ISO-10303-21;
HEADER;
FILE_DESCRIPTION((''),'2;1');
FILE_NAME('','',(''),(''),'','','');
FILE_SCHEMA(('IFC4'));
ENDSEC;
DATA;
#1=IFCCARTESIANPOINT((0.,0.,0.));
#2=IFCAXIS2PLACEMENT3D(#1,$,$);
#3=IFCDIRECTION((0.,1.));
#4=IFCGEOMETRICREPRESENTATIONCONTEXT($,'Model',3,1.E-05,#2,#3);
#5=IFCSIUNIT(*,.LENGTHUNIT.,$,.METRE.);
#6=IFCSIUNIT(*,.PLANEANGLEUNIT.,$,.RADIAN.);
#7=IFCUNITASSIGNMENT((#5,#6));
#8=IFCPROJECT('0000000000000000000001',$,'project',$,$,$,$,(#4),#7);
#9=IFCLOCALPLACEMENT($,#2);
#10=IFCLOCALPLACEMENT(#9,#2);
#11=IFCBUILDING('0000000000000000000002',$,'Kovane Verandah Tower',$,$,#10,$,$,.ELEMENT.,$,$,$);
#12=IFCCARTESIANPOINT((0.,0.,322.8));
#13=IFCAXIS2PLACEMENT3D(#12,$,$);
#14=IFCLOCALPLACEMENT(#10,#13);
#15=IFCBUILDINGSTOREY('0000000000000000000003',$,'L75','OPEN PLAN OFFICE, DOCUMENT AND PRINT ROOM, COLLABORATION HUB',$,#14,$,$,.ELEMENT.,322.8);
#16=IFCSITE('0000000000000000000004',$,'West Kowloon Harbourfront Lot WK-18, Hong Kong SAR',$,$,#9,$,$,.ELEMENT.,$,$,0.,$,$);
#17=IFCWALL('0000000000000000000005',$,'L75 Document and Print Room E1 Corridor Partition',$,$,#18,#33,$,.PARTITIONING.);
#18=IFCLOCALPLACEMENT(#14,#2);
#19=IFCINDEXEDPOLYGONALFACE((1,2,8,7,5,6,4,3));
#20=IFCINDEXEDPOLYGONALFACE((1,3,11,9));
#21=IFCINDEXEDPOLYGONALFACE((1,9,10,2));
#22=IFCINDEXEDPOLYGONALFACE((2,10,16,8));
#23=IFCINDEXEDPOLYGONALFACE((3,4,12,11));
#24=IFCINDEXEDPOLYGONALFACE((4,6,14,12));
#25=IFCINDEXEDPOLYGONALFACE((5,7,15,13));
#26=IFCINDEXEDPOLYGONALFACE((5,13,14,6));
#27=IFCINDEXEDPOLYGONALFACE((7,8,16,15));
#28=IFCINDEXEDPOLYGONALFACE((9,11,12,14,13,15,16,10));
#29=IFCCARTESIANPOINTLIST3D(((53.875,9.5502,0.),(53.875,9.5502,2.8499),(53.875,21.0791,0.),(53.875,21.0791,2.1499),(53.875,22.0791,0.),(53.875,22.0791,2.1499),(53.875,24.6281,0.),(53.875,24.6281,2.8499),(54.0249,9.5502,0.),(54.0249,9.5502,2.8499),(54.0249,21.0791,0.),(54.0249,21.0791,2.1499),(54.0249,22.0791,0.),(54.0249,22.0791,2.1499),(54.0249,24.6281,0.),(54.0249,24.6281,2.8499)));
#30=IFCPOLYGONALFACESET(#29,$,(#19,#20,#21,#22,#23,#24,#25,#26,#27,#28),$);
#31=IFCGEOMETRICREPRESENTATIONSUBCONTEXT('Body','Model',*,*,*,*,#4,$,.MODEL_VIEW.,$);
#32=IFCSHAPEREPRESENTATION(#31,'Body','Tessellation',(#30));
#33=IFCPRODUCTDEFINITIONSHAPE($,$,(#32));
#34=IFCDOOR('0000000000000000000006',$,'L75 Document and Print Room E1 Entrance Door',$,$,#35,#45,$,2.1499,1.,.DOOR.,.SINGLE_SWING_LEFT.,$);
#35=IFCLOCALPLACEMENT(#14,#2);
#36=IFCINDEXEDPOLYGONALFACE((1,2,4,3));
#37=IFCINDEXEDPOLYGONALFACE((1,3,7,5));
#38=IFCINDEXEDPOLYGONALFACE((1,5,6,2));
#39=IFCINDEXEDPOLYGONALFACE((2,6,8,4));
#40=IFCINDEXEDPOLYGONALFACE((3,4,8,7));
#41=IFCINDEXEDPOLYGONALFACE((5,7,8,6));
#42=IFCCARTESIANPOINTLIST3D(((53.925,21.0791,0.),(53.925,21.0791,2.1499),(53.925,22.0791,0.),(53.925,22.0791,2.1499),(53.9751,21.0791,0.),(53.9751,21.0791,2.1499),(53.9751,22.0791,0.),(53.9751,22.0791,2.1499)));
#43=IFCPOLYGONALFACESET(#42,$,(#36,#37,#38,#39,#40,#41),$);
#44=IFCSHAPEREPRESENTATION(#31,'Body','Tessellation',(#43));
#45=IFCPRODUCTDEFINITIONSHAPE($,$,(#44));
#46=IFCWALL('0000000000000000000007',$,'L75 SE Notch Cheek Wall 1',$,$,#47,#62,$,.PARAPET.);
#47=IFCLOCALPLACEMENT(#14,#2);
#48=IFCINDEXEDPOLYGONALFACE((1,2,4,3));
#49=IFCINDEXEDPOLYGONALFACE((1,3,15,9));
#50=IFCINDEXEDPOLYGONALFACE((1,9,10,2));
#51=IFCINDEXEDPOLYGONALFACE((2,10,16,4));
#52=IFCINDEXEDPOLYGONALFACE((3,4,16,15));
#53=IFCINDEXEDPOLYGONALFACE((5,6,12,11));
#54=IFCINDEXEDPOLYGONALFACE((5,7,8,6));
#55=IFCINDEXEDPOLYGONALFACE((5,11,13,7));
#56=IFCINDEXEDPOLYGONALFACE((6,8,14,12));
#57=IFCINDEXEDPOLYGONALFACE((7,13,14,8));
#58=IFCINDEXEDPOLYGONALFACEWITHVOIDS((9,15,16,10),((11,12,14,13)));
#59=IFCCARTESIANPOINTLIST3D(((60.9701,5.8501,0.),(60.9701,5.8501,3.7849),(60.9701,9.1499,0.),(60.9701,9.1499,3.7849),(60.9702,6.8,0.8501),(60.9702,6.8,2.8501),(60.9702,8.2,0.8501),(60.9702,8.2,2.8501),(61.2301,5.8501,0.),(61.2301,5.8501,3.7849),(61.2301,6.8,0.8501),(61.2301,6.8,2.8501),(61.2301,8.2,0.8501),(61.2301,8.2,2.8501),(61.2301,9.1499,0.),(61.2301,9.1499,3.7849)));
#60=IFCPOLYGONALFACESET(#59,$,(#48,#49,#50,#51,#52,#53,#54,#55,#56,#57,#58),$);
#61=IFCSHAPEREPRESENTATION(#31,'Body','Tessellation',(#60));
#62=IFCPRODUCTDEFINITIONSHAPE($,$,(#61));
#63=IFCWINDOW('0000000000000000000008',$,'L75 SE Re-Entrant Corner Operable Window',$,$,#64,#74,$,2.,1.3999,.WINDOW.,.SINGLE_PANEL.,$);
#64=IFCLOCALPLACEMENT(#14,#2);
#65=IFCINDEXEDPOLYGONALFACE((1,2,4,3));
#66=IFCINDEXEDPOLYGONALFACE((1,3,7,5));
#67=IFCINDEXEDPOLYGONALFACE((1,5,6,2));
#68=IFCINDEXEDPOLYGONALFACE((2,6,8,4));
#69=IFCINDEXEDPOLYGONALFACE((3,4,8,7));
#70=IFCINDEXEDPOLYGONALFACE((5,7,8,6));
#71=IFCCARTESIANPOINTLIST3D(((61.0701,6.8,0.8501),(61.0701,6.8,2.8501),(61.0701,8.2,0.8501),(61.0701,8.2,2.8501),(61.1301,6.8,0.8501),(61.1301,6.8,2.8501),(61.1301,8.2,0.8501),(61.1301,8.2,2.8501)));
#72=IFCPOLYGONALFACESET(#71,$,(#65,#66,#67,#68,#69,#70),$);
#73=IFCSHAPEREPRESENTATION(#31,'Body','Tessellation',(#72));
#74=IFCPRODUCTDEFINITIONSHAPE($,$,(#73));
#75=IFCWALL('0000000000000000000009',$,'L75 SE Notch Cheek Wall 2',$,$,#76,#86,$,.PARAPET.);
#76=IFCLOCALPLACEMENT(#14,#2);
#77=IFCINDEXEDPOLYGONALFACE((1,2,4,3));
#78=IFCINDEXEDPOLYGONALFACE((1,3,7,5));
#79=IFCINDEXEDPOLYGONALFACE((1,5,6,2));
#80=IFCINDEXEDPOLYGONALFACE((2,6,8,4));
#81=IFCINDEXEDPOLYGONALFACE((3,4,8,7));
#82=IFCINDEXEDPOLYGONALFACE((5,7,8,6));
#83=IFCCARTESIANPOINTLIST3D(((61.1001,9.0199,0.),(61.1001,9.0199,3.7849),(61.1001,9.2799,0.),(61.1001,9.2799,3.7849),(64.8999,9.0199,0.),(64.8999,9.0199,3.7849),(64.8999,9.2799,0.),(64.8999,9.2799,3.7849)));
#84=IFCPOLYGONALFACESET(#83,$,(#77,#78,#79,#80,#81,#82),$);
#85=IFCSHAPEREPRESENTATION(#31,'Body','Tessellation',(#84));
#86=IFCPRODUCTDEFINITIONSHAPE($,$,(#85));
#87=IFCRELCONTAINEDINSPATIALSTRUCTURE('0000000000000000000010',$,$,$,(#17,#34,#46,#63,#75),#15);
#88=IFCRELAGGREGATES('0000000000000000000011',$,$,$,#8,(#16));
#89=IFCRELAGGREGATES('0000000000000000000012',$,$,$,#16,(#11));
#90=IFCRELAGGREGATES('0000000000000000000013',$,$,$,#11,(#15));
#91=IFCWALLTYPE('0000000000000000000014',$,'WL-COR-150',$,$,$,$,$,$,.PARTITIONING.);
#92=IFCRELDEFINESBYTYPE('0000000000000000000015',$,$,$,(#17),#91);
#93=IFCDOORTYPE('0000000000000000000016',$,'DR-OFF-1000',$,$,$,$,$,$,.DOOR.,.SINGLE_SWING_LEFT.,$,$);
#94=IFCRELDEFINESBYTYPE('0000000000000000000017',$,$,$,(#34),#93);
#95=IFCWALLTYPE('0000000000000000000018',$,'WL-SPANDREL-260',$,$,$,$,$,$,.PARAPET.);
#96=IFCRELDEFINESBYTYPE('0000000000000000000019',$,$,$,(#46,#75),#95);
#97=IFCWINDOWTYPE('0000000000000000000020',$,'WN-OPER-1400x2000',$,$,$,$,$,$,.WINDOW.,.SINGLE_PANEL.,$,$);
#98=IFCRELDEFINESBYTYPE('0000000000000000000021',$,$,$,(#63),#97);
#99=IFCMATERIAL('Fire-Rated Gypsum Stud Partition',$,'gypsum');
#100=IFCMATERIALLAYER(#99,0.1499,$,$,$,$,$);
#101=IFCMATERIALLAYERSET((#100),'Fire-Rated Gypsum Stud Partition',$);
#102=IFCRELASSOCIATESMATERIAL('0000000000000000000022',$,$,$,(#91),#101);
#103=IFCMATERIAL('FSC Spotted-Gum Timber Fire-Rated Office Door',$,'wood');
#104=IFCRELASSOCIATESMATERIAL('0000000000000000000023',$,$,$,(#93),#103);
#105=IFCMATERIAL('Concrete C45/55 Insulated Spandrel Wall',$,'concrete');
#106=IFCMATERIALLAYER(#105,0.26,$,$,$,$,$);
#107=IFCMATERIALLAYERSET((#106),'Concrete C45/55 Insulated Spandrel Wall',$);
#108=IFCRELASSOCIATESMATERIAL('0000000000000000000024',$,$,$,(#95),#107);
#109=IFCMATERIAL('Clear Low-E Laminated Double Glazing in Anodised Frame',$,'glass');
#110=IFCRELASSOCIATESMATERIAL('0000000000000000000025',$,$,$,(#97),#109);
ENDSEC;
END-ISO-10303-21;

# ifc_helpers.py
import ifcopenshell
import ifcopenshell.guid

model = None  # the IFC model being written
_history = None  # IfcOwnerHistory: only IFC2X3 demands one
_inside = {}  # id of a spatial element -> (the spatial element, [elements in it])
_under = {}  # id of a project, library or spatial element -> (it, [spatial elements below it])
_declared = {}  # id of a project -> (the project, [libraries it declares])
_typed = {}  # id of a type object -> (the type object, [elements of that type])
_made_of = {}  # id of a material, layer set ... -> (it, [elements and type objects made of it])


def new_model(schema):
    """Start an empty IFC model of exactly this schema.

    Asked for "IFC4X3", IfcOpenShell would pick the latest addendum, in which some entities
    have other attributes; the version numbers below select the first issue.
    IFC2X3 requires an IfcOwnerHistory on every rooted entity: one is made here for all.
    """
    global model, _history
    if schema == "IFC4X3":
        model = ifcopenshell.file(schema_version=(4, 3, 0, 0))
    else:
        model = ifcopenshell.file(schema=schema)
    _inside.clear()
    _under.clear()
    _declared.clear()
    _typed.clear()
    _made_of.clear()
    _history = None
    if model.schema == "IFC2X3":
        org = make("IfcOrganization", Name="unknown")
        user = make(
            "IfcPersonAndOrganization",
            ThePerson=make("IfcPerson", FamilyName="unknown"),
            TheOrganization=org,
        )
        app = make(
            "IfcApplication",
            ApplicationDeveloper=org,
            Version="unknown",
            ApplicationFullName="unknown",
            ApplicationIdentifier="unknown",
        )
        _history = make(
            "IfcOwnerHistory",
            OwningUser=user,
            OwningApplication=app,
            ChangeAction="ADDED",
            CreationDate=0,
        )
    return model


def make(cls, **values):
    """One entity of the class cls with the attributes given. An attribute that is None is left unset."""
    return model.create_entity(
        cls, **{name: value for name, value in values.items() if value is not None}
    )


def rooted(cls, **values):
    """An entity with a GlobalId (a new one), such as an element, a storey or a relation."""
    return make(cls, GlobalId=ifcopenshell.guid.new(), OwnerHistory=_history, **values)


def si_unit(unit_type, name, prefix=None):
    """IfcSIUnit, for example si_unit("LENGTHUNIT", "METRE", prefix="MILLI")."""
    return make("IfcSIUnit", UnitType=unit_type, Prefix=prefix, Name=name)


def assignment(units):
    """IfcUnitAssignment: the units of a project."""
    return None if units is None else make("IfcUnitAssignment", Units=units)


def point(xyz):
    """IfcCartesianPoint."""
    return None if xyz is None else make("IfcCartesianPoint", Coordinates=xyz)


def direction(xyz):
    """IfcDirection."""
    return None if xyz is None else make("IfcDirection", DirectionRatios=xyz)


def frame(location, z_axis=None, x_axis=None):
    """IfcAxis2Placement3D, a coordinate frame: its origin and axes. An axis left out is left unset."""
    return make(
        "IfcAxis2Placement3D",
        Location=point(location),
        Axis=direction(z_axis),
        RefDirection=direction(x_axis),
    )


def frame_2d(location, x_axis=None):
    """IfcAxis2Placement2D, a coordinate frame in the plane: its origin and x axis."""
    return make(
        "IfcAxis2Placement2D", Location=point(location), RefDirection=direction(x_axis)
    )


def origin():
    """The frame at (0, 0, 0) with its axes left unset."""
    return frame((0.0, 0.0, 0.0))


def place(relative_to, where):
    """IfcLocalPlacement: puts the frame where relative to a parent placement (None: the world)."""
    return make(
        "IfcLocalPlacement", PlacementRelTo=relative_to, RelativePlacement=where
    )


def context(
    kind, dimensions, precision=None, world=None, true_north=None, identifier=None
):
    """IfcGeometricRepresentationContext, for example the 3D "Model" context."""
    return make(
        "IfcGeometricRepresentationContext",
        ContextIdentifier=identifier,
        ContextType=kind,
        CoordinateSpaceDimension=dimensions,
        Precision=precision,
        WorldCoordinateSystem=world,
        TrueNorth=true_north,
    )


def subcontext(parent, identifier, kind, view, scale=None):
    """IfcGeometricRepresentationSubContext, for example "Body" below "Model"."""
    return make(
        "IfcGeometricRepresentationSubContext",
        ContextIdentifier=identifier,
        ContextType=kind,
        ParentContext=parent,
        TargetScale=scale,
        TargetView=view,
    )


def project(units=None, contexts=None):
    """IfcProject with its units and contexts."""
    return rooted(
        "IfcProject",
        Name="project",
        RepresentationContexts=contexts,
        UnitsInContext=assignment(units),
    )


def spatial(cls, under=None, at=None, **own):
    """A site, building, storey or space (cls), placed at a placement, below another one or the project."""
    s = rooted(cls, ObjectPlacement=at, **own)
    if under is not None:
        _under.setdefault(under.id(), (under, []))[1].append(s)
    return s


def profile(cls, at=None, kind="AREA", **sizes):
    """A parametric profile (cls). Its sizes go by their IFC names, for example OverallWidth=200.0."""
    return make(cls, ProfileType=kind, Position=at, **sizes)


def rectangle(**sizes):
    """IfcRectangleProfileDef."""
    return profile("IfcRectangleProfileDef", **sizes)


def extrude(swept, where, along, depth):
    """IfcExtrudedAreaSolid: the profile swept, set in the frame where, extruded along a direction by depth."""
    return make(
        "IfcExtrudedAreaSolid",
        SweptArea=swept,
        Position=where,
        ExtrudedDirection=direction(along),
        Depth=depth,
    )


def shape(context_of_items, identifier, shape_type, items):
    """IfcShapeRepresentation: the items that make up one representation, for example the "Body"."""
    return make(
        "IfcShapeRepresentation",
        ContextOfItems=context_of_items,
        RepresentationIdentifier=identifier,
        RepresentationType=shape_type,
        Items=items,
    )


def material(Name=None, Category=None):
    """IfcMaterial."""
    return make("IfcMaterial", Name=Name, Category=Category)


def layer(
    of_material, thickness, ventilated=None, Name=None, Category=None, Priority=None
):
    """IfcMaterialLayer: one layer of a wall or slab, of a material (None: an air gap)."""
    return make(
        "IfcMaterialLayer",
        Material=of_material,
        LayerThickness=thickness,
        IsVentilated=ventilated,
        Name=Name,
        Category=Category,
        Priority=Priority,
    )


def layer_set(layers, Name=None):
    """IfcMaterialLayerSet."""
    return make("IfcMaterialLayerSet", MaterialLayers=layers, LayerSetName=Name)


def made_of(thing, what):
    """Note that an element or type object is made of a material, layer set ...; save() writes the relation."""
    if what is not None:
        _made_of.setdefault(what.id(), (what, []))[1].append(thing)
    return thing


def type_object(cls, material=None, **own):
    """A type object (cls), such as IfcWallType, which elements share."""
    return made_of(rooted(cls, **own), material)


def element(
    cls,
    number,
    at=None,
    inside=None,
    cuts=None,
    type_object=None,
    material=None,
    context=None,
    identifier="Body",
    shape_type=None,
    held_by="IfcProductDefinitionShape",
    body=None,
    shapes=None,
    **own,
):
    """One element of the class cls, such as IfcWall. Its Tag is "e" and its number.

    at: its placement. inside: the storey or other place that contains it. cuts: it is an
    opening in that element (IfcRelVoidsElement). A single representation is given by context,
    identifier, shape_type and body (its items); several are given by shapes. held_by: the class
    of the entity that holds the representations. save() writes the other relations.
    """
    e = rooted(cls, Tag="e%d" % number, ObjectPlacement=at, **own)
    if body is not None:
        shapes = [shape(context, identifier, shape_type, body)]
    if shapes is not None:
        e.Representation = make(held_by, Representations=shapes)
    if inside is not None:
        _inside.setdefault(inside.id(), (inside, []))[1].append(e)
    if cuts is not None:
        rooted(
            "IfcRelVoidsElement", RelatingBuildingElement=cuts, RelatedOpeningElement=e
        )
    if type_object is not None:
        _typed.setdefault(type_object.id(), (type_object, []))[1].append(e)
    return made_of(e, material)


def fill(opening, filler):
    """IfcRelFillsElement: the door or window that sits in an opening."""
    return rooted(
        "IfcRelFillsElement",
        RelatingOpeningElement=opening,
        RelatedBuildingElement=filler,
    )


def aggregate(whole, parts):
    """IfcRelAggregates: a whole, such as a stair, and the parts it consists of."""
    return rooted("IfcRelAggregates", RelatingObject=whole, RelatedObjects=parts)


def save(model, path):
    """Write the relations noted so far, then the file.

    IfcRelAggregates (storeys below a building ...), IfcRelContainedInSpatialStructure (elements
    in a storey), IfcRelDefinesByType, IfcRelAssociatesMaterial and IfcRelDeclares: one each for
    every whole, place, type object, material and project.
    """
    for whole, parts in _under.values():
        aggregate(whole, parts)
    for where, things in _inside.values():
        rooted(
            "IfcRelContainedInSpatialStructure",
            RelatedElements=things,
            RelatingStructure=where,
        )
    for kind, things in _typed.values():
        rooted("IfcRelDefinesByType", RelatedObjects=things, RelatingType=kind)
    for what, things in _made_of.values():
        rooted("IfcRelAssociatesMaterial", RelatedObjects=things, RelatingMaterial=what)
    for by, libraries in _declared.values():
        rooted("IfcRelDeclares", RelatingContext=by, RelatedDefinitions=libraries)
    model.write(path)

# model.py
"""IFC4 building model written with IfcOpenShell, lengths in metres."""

from ifc_helpers import new_model, si_unit, direction, frame, frame_2d, origin, place, context, subcontext, project, spatial, rectangle, extrude, material, layer, layer_set, type_object, element, fill, save


model = new_model("IFC4")

# Units and contexts
model_context = context("Model", 3, precision=1e-05, world=origin(), true_north=direction((0.0, 1.0)))
body_context = subcontext(model_context, "Body", "Model", "MODEL_VIEW")
ifc_project = project(units=[si_unit("LENGTHUNIT", "METRE"), si_unit("PLANEANGLEUNIT", "RADIAN")], contexts=[model_context])

# Site, building, storey
site_placement = place(None, origin())
site = spatial("IfcSite", under=ifc_project, at=site_placement, Name="West Kowloon Harbourfront Lot WK-18, Hong Kong SAR", CompositionType="ELEMENT", RefElevation=0.0)
building_placement = place(site_placement, origin())
building = spatial("IfcBuilding", under=site, at=building_placement, Name="Kovane Verandah Tower", CompositionType="ELEMENT")
storey_placement = place(building_placement, frame((0.0, 0.0, 322.8)))
storey = spatial("IfcBuildingStorey", under=building, at=storey_placement, Name="L75", Description="OPEN PLAN OFFICE, DOCUMENT AND PRINT ROOM, COLLABORATION HUB", CompositionType="ELEMENT", Elevation=322.8)

# Wall, opening, door
ifc_material_1 = material(Name="Fire-Rated Gypsum Stud Partition", Category="gypsum")
ifc_layer_1 = layer(ifc_material_1, 0.1499)
ifc_layer_set_1 = layer_set([ifc_layer_1], Name="Fire-Rated Gypsum Stud Partition")
wall_type_1 = type_object("IfcWallType", Name="WL-COR-150", PredefinedType="PARTITIONING", material=ifc_layer_set_1)
wall_1_placement = place(storey_placement, frame((53.95, 9.55, 0.0), z_axis=(0.0, 0.0, 1.0), x_axis=(0.0, 1.0, 0.0)))
wall_1 = element("IfcWall", 1, at=wall_1_placement, inside=storey, type_object=wall_type_1, Name="L75 Document and Print Room E1 Corridor Partition", PredefinedType="PARTITIONING", context=body_context, shape_type="SweptSolid", body=[
    extrude(rectangle(XDim=15.0779, YDim=0.1499, at=frame_2d((7.5391, 0.0))), origin(), (0.0, 0.0, 1.0), 2.8499),
])
opening_1_placement = place(wall_1_placement, frame((11.5291, 0.0, 0.0)))
opening_1 = element("IfcOpeningElement", 2, at=opening_1_placement, cuts=wall_1, PredefinedType="OPENING", context=body_context, shape_type="SweptSolid", body=[
    extrude(rectangle(XDim=1.0, YDim=2.1499, at=frame_2d((0.5, 1.075))), frame((0.0, 0.075, 0.0), z_axis=(0.0, -1.0, 0.0), x_axis=(1.0, 0.0, 0.0)), (0.0, 0.0, 1.0), 0.1499),
])
ifc_material_2 = material(Name="FSC Spotted-Gum Timber Fire-Rated Office Door", Category="wood")
door_type = type_object("IfcDoorType", Name="DR-OFF-1000", OperationType="SINGLE_SWING_LEFT", PredefinedType="DOOR", material=ifc_material_2)
door_placement = place(opening_1_placement, origin())
door = element("IfcDoor", 3, at=door_placement, inside=storey, type_object=door_type, Name="L75 Document and Print Room E1 Entrance Door", OperationType="SINGLE_SWING_LEFT", OverallHeight=2.1499, OverallWidth=1.0, PredefinedType="DOOR", context=body_context, shape_type="SweptSolid", body=[
    extrude(rectangle(XDim=1.0, YDim=2.1499, at=frame_2d((0.5, 1.075))), frame((0.0, 0.0249, 0.0), z_axis=(0.0, -1.0, 0.0), x_axis=(1.0, 0.0, 0.0)), (0.0, 0.0, 1.0), 0.05),
])
fill(opening_1, door)

# Wall, opening, window
ifc_material_3 = material(Name="Concrete C45/55 Insulated Spandrel Wall", Category="concrete")
ifc_layer_2 = layer(ifc_material_3, 0.26)
ifc_layer_set_2 = layer_set([ifc_layer_2], Name="Concrete C45/55 Insulated Spandrel Wall")
wall_type_2 = type_object("IfcWallType", Name="WL-SPANDREL-260", PredefinedType="PARAPET", material=ifc_layer_set_2)
wall_2_placement = place(storey_placement, frame((61.1001, 5.8501, 0.0), z_axis=(0.0, 0.0, 1.0), x_axis=(0.0, 1.0, 0.0)))
wall_2 = element("IfcWall", 4, at=wall_2_placement, inside=storey, type_object=wall_type_2, Name="L75 SE Notch Cheek Wall 1", PredefinedType="PARAPET", context=body_context, shape_type="SweptSolid", body=[
    extrude(rectangle(XDim=3.2998, YDim=0.26, at=frame_2d((1.6499, 0.0))), origin(), (0.0, 0.0, 1.0), 3.7849),
])
opening_2_placement = place(wall_2_placement, frame((0.95, 0.0, 0.8501)))
opening_2 = element("IfcOpeningElement", 5, at=opening_2_placement, cuts=wall_2, PredefinedType="OPENING", context=body_context, shape_type="SweptSolid", body=[
    extrude(rectangle(XDim=1.3999, YDim=2.0, at=frame_2d((0.7, 1.0))), frame((0.0, 0.1299, 0.0), z_axis=(0.0, -1.0, 0.0), x_axis=(1.0, 0.0, 0.0)), (0.0, 0.0, 1.0), 0.26),
])
ifc_material_4 = material(Name="Clear Low-E Laminated Double Glazing in Anodised Frame", Category="glass")
window_type = type_object("IfcWindowType", Name="WN-OPER-1400x2000", PartitioningType="SINGLE_PANEL", PredefinedType="WINDOW", material=ifc_material_4)
window_placement = place(opening_2_placement, origin())
window = element("IfcWindow", 6, at=window_placement, inside=storey, type_object=window_type, Name="L75 SE Re-Entrant Corner Operable Window", OverallHeight=2.0, OverallWidth=1.3999, PartitioningType="SINGLE_PANEL", PredefinedType="WINDOW", context=body_context, shape_type="SweptSolid", body=[
    extrude(rectangle(XDim=1.3999, YDim=2.0, at=frame_2d((0.7, 1.0))), frame((0.0, 0.03, 0.0), z_axis=(0.0, -1.0, 0.0), x_axis=(1.0, 0.0, 0.0)), (0.0, 0.0, 1.0), 0.0601),
])
fill(opening_2, window)

# Wall
wall_3_placement = place(storey_placement, frame((61.1001, 9.1499, 0.0), z_axis=(0.0, 0.0, 1.0), x_axis=(1.0, 0.0, 0.0)))
element("IfcWall", 7, at=wall_3_placement, inside=storey, type_object=wall_type_2, Name="L75 SE Notch Cheek Wall 2", PredefinedType="PARAPET", context=body_context, shape_type="SweptSolid", body=[
    extrude(rectangle(XDim=3.7998, YDim=0.26, at=frame_2d((1.8999, 0.0))), origin(), (0.0, 0.0, 1.0), 3.7849),
])

save(model, "model.ifc")
